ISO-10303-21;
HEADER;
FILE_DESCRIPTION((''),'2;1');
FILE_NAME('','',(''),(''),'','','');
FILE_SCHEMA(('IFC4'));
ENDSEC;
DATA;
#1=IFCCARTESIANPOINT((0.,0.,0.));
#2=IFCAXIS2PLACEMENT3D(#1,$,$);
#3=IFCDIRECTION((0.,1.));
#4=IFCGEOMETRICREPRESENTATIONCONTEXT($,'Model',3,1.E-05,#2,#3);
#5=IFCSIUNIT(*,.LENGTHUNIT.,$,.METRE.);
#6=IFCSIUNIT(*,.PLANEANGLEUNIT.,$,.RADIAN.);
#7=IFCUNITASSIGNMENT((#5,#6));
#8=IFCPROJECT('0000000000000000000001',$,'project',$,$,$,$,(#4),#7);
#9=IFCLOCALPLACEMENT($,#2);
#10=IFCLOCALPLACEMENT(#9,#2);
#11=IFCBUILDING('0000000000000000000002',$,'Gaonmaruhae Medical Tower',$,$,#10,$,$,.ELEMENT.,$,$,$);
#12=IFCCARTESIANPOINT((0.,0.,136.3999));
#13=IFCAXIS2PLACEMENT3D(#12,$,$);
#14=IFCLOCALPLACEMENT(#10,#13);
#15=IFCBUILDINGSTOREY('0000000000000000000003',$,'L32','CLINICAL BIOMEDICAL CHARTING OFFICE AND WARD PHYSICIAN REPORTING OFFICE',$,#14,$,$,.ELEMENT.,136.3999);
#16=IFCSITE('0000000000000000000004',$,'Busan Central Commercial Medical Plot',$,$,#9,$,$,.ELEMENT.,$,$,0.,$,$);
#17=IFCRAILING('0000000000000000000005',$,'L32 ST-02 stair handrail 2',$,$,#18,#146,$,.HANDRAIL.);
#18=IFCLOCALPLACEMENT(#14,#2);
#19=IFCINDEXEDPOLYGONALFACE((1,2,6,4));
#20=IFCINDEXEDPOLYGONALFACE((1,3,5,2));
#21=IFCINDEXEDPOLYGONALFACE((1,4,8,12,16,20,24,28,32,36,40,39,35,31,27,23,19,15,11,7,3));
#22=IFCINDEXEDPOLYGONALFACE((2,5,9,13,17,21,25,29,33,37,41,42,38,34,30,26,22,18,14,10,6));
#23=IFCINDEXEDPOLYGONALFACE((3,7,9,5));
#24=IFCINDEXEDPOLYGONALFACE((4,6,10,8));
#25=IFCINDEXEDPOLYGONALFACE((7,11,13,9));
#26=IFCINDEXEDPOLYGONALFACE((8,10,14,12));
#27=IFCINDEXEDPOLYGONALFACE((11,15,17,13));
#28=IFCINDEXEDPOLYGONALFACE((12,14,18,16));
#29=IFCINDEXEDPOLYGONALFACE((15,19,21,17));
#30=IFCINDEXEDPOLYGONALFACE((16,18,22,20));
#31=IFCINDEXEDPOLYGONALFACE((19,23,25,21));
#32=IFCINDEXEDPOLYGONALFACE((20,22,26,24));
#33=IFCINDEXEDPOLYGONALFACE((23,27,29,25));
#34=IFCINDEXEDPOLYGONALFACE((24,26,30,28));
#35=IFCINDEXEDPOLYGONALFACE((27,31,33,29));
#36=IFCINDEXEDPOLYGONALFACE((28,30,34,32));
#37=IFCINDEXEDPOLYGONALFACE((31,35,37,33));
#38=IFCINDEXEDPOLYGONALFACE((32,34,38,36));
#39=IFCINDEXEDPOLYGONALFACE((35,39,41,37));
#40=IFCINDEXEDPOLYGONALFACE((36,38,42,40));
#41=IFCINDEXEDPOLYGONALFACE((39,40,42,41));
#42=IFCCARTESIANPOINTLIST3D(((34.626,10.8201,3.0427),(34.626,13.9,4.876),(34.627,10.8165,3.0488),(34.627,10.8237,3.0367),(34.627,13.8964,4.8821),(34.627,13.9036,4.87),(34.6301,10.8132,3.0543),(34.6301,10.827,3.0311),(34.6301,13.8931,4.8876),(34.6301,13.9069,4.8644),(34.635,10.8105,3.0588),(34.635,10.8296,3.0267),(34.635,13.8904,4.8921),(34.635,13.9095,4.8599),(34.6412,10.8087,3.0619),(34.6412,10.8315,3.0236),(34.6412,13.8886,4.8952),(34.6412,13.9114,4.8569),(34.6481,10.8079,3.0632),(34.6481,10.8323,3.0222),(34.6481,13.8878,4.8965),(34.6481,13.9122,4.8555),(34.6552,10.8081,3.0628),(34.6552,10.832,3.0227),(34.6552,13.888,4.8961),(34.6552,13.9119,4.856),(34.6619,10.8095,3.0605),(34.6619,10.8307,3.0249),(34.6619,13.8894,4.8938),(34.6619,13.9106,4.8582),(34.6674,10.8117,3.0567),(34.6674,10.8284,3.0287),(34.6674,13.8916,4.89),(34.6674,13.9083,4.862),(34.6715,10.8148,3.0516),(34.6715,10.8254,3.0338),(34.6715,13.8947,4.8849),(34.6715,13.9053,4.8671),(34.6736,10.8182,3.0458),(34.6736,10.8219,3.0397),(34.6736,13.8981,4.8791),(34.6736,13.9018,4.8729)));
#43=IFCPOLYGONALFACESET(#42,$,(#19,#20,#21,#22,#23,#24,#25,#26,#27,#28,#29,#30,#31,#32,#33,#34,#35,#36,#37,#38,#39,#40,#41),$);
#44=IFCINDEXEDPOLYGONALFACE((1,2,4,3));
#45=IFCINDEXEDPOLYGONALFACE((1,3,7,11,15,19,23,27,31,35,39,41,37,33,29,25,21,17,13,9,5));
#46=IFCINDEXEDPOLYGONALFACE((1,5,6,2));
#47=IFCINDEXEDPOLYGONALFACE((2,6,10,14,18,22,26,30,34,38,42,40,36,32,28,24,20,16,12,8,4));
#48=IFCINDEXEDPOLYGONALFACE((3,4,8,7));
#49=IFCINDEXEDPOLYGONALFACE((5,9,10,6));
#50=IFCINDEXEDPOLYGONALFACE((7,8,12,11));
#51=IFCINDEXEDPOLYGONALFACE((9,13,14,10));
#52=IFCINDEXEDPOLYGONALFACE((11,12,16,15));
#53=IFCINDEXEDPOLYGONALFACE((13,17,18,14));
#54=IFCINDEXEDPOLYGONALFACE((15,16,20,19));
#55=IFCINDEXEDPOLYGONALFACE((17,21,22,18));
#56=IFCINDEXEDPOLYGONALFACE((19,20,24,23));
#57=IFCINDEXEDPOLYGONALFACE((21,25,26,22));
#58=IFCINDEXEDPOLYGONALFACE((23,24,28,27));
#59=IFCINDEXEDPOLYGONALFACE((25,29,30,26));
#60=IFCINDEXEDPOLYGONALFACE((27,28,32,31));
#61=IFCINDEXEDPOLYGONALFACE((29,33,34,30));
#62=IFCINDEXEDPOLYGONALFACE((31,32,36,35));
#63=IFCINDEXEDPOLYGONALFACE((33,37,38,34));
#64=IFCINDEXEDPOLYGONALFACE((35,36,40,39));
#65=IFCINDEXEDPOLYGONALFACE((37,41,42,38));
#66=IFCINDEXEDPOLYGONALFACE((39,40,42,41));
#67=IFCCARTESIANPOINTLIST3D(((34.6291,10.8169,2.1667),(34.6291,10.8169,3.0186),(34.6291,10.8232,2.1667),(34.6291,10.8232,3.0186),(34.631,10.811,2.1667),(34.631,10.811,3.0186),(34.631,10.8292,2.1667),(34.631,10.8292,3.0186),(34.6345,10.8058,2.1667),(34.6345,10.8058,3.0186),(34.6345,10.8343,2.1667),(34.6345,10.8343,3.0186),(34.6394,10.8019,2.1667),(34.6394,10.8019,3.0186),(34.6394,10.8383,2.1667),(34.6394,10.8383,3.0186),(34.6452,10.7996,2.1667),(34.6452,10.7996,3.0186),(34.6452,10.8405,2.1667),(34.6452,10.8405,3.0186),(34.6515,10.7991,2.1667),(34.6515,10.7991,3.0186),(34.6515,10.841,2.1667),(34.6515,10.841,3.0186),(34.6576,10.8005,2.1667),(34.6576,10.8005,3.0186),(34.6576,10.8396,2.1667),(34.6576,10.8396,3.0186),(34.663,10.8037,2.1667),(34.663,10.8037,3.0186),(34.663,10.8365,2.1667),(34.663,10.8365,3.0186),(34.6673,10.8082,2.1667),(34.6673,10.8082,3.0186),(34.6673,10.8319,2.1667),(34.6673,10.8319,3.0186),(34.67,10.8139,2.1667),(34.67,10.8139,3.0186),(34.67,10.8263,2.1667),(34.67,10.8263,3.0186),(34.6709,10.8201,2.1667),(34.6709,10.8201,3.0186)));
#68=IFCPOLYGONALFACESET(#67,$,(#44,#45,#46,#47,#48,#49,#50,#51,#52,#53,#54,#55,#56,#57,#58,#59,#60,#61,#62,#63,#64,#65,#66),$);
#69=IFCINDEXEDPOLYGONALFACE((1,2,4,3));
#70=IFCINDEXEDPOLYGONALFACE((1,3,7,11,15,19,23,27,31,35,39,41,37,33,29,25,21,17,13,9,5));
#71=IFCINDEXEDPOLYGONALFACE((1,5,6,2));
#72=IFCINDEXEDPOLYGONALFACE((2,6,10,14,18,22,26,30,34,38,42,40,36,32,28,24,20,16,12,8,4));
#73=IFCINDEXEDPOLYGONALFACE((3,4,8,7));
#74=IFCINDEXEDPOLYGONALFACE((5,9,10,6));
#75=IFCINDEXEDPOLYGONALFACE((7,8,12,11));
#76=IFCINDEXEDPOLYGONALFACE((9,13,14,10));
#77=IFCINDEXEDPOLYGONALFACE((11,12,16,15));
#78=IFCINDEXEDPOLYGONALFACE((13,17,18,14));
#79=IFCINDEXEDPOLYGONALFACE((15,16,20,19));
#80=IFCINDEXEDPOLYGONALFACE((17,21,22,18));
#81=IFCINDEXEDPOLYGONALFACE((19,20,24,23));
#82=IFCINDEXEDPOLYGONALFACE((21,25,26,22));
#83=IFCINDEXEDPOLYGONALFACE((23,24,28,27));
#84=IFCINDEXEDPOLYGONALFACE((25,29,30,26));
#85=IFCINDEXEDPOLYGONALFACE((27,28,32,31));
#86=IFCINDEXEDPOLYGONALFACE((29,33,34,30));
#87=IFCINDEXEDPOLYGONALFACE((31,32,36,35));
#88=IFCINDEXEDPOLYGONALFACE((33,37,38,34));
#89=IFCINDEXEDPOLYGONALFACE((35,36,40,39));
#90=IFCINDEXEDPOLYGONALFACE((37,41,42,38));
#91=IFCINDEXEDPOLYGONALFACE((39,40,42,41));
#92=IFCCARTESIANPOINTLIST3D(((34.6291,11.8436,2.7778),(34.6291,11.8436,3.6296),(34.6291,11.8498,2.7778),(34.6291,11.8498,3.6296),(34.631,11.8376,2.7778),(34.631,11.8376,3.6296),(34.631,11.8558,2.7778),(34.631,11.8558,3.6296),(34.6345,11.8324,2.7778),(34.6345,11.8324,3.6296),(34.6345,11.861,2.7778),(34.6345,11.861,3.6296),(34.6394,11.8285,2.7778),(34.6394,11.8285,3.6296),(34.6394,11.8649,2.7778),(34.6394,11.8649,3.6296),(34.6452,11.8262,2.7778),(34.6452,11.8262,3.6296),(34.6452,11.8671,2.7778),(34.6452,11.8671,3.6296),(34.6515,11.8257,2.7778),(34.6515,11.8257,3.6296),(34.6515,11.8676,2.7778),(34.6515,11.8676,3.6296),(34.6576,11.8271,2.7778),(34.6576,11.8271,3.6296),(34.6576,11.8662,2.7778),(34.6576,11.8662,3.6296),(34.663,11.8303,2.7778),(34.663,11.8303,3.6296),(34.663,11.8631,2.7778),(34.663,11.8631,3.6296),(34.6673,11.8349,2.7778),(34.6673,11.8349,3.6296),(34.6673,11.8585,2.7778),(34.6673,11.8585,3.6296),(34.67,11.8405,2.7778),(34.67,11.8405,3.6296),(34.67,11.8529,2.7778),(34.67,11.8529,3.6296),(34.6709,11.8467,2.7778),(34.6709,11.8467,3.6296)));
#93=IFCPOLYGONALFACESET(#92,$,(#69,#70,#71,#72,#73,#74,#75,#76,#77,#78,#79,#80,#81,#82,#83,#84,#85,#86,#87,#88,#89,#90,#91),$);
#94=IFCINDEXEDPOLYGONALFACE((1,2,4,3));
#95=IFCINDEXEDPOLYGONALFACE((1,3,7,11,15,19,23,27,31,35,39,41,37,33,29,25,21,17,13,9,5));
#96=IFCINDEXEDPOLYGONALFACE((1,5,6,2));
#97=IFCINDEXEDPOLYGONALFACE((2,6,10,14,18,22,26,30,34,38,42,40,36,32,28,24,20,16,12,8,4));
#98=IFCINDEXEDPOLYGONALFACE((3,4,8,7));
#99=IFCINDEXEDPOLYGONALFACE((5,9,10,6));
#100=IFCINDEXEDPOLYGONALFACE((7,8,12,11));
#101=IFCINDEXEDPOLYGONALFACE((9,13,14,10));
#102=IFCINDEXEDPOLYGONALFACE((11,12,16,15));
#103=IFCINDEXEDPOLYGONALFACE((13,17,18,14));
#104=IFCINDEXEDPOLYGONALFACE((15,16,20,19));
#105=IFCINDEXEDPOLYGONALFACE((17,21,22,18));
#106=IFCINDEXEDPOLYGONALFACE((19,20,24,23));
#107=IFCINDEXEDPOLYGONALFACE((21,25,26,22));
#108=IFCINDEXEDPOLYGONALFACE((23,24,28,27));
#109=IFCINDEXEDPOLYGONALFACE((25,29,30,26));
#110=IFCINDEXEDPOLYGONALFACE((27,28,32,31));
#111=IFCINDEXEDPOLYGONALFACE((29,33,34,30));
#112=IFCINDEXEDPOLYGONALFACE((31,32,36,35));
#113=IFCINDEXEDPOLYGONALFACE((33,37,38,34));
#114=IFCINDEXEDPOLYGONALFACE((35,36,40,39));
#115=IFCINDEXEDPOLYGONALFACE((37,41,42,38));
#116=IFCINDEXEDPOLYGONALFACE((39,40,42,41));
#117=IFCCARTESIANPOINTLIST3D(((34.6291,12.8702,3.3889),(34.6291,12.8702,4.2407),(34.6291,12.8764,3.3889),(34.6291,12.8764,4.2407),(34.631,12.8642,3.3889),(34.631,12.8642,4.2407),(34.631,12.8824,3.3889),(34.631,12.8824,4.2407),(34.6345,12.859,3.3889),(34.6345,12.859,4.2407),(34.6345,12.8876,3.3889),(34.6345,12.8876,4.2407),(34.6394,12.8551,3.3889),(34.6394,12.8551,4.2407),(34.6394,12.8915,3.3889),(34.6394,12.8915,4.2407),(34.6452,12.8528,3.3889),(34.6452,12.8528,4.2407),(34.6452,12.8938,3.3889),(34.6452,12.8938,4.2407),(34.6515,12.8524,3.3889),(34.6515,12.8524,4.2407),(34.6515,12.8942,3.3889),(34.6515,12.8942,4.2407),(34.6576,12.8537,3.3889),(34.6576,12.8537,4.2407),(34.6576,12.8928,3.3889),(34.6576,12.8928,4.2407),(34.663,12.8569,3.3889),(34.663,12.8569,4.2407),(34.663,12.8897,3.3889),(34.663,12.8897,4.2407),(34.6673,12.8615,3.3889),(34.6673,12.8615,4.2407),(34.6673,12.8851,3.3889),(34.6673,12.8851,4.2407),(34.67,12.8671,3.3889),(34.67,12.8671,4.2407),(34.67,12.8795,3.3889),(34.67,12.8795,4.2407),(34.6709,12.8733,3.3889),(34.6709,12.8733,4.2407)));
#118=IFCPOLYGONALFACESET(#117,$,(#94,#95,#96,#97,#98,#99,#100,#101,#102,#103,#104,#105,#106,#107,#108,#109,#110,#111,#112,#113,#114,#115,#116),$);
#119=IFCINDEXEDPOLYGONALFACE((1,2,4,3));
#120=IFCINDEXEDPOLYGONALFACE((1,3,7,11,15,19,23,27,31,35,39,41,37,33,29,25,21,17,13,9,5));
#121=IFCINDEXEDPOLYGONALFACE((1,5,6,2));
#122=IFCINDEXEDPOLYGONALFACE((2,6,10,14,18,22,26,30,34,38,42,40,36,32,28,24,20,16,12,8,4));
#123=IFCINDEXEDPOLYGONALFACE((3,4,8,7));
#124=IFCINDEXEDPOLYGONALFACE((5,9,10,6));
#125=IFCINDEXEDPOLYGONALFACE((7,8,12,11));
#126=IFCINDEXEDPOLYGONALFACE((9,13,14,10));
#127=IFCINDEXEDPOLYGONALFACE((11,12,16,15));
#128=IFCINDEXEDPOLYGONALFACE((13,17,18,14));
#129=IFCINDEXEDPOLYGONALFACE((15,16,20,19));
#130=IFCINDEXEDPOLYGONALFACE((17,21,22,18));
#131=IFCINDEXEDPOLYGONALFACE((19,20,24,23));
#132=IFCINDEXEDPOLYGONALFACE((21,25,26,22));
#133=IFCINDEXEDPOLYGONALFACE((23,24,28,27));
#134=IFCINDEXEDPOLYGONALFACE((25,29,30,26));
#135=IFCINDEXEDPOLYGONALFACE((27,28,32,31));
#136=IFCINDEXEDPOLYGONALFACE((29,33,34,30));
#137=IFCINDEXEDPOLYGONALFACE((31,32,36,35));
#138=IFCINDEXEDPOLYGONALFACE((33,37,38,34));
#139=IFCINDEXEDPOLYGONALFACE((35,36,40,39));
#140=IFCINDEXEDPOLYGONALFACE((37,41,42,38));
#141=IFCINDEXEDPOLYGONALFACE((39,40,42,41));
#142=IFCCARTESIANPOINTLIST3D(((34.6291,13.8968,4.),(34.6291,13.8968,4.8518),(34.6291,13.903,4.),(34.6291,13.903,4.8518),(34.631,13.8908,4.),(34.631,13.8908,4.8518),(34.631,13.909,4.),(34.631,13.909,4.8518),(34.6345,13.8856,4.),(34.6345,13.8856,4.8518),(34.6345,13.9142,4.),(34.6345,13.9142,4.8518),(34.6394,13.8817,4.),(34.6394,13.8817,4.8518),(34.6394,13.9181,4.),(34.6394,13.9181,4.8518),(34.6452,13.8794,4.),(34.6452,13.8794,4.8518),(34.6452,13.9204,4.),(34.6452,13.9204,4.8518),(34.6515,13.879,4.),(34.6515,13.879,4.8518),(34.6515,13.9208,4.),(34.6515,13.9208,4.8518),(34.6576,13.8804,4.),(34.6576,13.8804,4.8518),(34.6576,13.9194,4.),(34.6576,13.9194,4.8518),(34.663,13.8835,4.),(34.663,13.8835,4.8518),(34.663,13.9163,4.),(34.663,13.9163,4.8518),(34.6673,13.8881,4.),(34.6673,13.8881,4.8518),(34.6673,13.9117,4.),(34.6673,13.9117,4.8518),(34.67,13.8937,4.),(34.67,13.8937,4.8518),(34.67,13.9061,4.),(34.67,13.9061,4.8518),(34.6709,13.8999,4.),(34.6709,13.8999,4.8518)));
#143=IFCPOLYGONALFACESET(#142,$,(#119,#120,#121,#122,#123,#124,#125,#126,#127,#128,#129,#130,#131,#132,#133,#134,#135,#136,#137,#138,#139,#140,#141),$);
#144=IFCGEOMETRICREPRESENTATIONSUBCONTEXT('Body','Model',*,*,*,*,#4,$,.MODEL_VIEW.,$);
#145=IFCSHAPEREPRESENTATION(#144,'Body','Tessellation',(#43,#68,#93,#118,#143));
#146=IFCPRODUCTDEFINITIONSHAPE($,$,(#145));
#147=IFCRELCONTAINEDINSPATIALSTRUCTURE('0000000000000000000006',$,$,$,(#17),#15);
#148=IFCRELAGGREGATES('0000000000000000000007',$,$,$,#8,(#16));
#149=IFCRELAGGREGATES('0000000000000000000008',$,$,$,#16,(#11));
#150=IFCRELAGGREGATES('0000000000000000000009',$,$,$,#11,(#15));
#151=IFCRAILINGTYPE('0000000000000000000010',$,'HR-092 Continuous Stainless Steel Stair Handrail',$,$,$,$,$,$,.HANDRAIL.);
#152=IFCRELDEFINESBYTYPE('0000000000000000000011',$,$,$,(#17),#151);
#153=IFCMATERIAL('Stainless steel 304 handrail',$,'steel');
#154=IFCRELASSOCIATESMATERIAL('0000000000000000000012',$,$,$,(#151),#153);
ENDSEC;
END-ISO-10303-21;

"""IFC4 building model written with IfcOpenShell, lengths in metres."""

from ifc_helpers import new_model, si_unit, direction, frame, origin, origin_2d, place, context, subcontext, project, spatial, circle, extrude, material, type_object, element, save


model = new_model("IFC4")

# Units and contexts
model_context = context("Model", 3, precision=1e-05, world=origin(), true_north=direction((0.0, 1.0)))
body_context = subcontext(model_context, "Body", "Model", "MODEL_VIEW")
ifc_project = project(units=[si_unit("LENGTHUNIT", "METRE"), si_unit("PLANEANGLEUNIT", "RADIAN")], contexts=[model_context])

# Site, building, storey
site_placement = place(None, origin())
site = spatial("IfcSite", under=ifc_project, at=site_placement, Name="Busan Central Commercial Medical Plot", CompositionType="ELEMENT", RefElevation=0.0)
building_placement = place(site_placement, origin())
building = spatial("IfcBuilding", under=site, at=building_placement, Name="Gaonmaruhae Medical Tower", CompositionType="ELEMENT")
storey_placement = place(building_placement, frame((0.0, 0.0, 136.3999)))
storey = spatial("IfcBuildingStorey", under=building, at=storey_placement, Name="L32", Description="CLINICAL BIOMEDICAL CHARTING OFFICE AND WARD PHYSICIAN REPORTING OFFICE", CompositionType="ELEMENT", Elevation=136.3999)

# Railing
ifc_material_1 = material(Name="Stainless steel 304 handrail", Category="steel")
railing_type_1 = type_object("IfcRailingType", Name="HR-092 Continuous Stainless Steel Stair Handrail", PredefinedType="HANDRAIL", material=ifc_material_1)
railing_1_placement = place(storey_placement, frame((34.6499, 10.8201, 2.1667)))
element("IfcRailing", 1, at=railing_1_placement, inside=storey, type_object=railing_type_1, Name="L32 ST-02 stair handrail 2", PredefinedType="HANDRAIL", context=body_context, shape_type="SweptSolid", body=[
    extrude(circle(Radius=0.0239, at=origin_2d()), frame((0.0, 0.0, 0.876), z_axis=(0.0, 0.859291, 0.511487), x_axis=(-1.0, 0.0, 0.0)), (0.0, 0.0, 1.0), 3.5842),
    extrude(circle(Radius=0.021, at=origin_2d()), origin(), (0.0, 0.0, 1.0), 0.8518),
    extrude(circle(Radius=0.021, at=origin_2d()), frame((0.0, 1.0266, 0.6111)), (0.0, 0.0, 1.0), 0.8518),
    extrude(circle(Radius=0.021, at=origin_2d()), frame((0.0, 2.0532, 1.2222)), (0.0, 0.0, 1.0), 0.8518),
    extrude(circle(Radius=0.021, at=origin_2d()), frame((0.0, 3.0798, 1.8333)), (0.0, 0.0, 1.0), 0.8518),
])

save(model, "model.ifc")
